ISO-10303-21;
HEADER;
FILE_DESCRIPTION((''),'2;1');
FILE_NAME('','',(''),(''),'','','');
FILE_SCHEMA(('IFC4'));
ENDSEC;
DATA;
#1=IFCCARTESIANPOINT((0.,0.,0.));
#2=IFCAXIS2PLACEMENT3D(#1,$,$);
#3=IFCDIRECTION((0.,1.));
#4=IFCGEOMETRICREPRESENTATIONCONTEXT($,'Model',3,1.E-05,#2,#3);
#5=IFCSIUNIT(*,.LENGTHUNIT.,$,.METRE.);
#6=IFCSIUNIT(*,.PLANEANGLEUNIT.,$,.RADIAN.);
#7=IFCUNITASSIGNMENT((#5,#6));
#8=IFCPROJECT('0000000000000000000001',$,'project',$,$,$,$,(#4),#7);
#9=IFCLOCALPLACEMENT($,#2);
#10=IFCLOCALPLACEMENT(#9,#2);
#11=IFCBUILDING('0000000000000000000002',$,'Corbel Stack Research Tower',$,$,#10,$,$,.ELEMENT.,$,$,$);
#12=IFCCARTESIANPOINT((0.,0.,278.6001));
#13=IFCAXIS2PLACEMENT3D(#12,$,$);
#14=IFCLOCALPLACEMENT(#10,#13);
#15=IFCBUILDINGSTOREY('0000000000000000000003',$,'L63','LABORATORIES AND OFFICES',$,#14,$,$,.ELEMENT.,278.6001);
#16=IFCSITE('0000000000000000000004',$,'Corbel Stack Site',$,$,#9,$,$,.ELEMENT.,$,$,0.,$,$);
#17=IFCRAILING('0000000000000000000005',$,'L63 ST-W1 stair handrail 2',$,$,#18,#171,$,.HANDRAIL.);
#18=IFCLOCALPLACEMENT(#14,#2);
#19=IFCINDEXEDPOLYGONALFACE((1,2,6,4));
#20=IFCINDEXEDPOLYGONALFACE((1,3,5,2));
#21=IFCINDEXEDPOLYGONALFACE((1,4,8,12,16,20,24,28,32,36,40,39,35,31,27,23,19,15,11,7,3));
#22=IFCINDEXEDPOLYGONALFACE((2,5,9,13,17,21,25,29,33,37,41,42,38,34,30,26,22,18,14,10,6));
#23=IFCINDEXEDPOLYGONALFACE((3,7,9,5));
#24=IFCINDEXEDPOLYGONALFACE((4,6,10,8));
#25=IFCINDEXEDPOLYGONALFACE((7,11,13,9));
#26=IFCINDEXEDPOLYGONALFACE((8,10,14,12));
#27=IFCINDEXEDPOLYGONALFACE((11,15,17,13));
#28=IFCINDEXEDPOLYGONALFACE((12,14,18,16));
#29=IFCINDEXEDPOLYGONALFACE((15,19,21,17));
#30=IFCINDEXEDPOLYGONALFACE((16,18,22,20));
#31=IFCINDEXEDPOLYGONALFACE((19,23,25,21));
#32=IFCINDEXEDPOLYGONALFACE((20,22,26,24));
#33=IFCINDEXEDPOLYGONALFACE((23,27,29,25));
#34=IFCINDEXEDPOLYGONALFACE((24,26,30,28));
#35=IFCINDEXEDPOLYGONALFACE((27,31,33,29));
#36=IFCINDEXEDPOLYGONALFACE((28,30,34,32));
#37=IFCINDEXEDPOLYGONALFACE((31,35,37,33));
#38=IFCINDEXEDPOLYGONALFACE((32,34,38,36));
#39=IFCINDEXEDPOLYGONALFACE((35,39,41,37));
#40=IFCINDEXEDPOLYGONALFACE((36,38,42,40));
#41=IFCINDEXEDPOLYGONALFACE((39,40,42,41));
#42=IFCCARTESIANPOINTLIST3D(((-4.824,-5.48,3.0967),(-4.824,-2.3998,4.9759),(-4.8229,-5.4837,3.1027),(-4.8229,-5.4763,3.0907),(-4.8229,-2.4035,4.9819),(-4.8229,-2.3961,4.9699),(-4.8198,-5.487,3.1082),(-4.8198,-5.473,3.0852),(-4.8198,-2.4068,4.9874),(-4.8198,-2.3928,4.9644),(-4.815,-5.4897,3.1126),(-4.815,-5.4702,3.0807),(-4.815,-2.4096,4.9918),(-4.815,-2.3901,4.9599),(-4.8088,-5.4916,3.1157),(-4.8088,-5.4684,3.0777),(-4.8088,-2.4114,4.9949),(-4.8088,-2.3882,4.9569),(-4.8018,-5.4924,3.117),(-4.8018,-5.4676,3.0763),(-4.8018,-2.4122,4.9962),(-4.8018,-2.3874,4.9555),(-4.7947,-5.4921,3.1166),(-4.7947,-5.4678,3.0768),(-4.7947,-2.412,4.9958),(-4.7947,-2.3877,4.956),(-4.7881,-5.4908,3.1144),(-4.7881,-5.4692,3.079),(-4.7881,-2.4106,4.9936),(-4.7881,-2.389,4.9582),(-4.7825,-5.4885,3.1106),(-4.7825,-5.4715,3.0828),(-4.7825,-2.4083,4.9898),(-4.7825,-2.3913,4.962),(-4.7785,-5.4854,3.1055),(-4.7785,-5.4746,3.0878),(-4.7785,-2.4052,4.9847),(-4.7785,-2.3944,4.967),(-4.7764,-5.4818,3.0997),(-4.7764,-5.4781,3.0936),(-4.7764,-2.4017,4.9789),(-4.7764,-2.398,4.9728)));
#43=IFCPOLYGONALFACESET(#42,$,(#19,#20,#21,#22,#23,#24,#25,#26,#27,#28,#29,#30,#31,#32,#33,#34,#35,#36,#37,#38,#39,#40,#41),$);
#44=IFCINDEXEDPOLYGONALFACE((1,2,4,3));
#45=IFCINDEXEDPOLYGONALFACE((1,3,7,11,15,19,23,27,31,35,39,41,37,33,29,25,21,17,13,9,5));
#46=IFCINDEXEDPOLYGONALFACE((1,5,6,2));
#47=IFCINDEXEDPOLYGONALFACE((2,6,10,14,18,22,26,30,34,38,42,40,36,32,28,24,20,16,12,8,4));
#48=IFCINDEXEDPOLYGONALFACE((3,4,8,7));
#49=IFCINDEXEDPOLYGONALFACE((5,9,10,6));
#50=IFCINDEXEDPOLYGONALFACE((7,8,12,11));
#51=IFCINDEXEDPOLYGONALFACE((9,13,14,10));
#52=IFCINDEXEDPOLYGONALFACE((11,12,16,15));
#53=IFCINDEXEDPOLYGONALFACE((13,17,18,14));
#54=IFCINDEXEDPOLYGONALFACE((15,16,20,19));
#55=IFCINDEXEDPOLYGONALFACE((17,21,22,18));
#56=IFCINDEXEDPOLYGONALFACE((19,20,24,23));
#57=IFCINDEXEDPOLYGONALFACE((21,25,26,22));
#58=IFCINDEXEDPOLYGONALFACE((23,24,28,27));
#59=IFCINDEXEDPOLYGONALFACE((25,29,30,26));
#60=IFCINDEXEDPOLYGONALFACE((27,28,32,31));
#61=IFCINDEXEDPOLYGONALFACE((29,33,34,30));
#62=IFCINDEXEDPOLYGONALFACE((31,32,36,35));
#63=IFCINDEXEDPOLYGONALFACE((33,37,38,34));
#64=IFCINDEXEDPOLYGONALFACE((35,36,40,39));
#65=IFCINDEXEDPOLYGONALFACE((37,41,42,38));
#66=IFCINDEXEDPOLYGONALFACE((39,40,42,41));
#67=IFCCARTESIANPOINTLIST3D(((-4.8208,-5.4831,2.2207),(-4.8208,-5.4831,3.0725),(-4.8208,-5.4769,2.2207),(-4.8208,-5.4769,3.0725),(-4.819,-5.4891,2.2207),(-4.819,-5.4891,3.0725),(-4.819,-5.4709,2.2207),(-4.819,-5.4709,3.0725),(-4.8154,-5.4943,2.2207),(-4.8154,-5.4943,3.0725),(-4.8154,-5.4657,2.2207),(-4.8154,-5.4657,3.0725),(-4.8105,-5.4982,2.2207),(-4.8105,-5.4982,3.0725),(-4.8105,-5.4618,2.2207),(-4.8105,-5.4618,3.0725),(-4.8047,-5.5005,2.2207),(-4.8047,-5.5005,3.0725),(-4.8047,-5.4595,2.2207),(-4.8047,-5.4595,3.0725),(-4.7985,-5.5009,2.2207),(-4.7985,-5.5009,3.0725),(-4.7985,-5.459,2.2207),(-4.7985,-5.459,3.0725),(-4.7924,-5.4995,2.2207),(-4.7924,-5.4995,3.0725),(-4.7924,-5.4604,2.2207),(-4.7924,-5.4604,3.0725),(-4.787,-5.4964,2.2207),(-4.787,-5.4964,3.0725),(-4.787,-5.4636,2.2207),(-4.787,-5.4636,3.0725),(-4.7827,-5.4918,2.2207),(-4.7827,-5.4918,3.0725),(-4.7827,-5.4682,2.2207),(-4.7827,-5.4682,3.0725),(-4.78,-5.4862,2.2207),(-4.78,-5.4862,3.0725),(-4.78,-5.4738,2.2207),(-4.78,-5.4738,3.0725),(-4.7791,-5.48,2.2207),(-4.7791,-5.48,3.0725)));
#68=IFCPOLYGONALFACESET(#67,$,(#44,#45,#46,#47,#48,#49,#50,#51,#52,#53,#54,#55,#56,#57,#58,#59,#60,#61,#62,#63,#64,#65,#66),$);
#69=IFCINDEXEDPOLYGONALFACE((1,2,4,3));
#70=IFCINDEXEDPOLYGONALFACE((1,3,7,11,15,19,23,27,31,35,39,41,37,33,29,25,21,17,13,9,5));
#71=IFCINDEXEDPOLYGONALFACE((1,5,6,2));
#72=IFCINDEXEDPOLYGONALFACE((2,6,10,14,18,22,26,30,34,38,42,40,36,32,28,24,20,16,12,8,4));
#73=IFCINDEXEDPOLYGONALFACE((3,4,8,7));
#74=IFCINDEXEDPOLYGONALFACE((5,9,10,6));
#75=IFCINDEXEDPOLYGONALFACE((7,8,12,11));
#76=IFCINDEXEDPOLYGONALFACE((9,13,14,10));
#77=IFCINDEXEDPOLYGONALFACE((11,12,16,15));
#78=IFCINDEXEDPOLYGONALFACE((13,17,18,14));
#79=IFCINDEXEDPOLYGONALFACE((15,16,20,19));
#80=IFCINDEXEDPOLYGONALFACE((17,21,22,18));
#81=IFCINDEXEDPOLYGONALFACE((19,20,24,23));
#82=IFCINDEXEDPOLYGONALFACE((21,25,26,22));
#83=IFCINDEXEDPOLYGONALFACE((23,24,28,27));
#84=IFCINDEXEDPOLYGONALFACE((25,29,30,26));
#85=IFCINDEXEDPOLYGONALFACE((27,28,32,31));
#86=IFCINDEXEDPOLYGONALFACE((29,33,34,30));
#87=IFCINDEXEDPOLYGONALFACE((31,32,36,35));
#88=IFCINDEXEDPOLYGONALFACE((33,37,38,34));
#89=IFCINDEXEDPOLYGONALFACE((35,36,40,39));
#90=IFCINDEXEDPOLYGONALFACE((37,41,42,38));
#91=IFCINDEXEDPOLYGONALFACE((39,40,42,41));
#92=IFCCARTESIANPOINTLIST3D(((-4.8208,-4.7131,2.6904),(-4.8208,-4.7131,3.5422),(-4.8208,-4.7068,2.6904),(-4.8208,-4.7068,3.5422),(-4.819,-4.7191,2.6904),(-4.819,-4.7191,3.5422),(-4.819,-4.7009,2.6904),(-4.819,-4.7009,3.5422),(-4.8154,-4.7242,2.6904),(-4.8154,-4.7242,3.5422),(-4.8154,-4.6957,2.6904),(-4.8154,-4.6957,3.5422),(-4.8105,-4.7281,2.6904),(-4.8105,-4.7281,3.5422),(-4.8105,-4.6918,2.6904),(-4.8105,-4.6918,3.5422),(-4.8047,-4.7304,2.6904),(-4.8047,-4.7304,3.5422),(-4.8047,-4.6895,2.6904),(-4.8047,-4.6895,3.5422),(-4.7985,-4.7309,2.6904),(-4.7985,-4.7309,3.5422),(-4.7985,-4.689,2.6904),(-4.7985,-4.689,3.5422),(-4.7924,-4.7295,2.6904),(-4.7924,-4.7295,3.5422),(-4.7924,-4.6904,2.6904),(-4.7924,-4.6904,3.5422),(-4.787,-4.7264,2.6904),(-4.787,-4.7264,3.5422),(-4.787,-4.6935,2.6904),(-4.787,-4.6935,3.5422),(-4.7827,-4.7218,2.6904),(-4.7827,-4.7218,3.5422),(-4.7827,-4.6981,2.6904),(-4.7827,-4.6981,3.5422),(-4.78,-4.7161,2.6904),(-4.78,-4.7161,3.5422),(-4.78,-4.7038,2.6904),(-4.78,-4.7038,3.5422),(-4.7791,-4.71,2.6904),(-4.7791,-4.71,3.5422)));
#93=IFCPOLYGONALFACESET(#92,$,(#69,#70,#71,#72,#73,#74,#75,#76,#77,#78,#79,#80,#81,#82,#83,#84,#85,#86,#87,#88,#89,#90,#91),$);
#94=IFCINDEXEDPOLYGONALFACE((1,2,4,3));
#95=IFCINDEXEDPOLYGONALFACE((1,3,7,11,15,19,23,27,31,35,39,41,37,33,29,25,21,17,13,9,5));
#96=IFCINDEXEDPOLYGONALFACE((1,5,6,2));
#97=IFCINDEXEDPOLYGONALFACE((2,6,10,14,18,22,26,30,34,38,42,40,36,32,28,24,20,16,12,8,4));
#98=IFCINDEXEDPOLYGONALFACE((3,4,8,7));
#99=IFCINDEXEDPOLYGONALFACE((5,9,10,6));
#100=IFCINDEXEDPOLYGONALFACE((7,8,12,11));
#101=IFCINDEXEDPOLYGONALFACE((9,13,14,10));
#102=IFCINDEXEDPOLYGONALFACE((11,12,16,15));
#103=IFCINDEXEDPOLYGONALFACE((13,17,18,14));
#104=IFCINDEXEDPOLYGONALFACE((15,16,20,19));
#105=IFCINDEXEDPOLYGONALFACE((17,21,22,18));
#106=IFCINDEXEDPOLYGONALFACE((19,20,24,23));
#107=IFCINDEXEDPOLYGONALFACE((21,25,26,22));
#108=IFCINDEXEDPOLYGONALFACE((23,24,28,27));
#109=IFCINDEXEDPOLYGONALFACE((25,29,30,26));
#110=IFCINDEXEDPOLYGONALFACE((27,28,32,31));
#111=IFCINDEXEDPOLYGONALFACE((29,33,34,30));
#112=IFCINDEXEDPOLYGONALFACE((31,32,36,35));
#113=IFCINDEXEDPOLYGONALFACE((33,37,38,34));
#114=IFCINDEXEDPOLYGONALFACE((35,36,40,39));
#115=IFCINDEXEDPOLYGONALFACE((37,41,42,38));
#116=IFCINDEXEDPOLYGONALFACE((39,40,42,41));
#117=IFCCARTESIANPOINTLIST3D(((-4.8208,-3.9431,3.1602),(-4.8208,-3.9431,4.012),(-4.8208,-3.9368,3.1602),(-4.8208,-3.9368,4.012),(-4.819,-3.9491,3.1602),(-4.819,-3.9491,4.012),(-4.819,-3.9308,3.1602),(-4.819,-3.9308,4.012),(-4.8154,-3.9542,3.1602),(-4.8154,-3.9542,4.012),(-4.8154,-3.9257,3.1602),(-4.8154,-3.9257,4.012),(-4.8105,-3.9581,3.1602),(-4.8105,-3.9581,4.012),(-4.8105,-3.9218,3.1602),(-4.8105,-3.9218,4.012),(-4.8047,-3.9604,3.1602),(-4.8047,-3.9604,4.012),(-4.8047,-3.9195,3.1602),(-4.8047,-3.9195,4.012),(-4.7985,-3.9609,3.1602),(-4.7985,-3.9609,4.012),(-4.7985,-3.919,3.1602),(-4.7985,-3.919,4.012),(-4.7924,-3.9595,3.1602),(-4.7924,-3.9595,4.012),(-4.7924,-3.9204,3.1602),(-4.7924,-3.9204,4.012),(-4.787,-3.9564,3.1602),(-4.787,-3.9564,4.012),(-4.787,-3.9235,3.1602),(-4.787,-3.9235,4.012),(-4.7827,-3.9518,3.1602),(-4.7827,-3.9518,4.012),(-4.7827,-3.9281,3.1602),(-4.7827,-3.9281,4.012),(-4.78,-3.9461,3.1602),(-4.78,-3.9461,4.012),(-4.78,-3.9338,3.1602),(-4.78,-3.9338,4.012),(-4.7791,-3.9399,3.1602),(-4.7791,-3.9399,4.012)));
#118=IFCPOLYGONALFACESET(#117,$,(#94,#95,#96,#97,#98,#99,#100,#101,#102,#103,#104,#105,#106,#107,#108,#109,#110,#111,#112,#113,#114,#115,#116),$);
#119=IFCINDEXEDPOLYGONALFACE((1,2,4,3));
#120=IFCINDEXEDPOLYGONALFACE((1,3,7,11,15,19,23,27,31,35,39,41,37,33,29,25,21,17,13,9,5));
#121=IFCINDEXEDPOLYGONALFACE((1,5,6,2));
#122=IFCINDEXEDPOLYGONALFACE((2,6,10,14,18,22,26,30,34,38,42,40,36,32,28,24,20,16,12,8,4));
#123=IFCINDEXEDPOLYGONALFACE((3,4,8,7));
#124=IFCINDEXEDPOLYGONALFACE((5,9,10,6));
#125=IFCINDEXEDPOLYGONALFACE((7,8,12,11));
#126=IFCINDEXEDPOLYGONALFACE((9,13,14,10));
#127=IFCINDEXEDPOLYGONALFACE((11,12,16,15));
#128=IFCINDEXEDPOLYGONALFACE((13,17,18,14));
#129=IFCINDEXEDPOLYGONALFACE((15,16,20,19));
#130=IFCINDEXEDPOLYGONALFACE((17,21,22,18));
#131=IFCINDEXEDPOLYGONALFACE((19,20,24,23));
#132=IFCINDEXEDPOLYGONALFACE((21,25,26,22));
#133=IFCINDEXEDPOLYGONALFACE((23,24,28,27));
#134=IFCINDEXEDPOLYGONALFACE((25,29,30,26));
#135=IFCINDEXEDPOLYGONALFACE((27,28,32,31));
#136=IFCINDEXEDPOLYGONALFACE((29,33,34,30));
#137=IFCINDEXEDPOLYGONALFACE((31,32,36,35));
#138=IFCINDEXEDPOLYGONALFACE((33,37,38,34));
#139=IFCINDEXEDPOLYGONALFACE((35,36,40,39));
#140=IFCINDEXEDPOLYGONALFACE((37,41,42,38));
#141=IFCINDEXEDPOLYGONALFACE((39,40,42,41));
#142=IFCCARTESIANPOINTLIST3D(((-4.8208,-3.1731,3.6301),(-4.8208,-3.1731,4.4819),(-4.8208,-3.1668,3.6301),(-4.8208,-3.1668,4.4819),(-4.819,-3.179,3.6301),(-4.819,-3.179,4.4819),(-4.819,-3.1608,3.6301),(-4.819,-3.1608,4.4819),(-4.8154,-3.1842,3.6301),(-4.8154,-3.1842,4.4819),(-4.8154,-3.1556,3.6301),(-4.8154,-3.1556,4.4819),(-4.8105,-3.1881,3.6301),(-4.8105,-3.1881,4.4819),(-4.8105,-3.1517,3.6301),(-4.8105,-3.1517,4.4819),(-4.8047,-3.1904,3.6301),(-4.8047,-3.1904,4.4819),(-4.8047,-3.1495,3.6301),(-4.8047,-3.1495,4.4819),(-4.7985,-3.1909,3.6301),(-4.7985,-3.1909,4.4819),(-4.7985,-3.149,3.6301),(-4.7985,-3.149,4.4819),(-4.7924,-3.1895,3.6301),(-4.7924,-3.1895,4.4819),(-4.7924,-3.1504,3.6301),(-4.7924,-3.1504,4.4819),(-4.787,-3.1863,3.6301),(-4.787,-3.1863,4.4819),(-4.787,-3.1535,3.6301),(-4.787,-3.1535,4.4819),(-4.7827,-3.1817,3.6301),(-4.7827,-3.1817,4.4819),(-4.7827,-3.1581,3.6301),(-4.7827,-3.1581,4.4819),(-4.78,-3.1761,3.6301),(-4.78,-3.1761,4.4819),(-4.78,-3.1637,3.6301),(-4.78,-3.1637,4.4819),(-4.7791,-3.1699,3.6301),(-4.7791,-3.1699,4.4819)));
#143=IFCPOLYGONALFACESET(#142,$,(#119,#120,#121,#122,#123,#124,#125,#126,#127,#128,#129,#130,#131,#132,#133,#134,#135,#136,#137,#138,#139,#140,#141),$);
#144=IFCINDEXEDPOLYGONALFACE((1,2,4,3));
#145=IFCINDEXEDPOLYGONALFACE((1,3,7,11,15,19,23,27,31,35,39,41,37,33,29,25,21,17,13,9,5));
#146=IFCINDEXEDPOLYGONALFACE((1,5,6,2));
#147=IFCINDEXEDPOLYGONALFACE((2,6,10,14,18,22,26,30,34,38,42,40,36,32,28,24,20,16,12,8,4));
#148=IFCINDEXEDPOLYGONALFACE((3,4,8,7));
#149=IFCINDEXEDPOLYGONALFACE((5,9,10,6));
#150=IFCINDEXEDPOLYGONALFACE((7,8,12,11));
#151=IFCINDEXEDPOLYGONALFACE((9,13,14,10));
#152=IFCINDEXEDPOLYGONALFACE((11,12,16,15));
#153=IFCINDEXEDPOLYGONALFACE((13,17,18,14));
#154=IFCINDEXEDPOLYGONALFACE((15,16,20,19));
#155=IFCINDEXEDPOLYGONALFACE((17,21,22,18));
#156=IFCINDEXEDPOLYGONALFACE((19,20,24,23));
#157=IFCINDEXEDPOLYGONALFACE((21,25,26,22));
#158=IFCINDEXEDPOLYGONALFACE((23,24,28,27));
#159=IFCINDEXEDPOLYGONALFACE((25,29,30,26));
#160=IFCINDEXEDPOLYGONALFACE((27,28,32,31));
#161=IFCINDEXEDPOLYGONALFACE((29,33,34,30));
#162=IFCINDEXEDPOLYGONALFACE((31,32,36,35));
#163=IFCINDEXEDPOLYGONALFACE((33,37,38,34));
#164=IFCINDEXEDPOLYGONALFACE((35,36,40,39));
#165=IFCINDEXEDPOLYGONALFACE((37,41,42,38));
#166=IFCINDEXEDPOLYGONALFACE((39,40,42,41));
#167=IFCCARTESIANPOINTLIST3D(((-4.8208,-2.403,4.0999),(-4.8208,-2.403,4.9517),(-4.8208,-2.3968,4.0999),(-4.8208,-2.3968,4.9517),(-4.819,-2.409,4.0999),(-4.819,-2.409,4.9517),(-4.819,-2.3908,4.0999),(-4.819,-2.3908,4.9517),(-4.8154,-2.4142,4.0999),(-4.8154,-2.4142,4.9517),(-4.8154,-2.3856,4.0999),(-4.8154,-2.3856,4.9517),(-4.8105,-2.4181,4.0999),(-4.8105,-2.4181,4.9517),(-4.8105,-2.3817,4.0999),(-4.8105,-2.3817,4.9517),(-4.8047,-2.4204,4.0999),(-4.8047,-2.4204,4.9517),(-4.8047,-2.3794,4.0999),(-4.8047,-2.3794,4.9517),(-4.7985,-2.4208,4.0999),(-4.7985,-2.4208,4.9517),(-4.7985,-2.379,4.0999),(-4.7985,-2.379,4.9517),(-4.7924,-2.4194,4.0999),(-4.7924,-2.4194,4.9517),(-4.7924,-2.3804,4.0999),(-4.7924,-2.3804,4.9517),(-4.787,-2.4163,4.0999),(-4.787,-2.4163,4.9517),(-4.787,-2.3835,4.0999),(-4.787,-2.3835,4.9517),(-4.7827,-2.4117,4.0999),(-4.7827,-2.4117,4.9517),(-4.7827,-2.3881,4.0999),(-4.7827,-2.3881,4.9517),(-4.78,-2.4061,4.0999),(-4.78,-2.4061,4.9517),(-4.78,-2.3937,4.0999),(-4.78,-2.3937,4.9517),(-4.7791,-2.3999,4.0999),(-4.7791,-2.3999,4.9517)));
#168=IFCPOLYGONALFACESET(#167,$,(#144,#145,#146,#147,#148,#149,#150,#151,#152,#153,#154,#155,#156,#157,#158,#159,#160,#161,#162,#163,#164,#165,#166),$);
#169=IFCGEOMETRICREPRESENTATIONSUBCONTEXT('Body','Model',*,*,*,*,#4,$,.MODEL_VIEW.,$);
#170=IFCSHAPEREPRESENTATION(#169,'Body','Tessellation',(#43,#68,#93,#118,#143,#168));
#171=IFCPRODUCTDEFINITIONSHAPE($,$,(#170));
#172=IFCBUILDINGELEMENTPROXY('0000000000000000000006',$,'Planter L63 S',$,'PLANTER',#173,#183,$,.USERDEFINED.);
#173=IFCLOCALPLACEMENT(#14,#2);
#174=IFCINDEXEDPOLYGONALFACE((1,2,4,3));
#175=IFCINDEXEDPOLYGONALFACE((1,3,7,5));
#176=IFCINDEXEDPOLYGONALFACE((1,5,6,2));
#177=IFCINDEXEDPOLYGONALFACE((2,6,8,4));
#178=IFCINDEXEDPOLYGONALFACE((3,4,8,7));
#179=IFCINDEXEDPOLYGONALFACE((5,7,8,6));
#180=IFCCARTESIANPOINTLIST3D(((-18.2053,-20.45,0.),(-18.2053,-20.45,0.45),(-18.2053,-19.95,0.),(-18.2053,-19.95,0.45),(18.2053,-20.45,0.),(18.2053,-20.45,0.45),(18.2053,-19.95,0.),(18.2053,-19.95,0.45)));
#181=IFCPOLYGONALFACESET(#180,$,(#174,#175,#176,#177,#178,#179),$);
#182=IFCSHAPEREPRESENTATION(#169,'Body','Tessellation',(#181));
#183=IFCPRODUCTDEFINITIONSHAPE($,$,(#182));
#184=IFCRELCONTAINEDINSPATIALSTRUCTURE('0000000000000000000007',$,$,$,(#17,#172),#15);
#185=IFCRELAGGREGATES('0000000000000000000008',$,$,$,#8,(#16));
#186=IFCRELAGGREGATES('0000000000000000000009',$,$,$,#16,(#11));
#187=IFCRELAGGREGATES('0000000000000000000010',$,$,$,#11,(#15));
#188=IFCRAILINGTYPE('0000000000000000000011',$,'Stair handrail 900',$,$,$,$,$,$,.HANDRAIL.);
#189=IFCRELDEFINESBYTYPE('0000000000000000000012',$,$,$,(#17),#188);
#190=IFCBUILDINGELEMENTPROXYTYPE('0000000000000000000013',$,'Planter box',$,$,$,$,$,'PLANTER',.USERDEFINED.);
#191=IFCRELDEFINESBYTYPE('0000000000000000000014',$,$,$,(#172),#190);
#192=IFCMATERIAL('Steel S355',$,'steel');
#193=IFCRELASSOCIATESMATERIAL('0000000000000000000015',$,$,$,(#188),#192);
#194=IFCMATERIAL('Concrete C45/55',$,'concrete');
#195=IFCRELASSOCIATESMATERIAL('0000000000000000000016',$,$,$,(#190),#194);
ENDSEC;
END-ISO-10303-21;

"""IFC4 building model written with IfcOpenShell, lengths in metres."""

from ifc_helpers import new_model, si_unit, direction, frame, origin, origin_2d, place, context, subcontext, project, spatial, rectangle, circle, extrude, material, type_object, element, save


model = new_model("IFC4")

# Units and contexts
model_context = context("Model", 3, precision=1e-05, world=origin(), true_north=direction((0.0, 1.0)))
body_context = subcontext(model_context, "Body", "Model", "MODEL_VIEW")
ifc_project = project(units=[si_unit("LENGTHUNIT", "METRE"), si_unit("PLANEANGLEUNIT", "RADIAN")], contexts=[model_context])

# Site, building, storey
site_placement = place(None, origin())
site = spatial("IfcSite", under=ifc_project, at=site_placement, Name="Corbel Stack Site", CompositionType="ELEMENT", RefElevation=0.0)
building_placement = place(site_placement, origin())
building = spatial("IfcBuilding", under=site, at=building_placement, Name="Corbel Stack Research Tower", CompositionType="ELEMENT")
storey_placement = place(building_placement, frame((0.0, 0.0, 278.6001)))
storey = spatial("IfcBuildingStorey", under=building, at=storey_placement, Name="L63", Description="LABORATORIES AND OFFICES", CompositionType="ELEMENT", Elevation=278.6001)

# Railing
ifc_material_1 = material(Name="Steel S355", Category="steel")
railing_type_1 = type_object("IfcRailingType", Name="Stair handrail 900", PredefinedType="HANDRAIL", material=ifc_material_1)
railing_1_placement = place(storey_placement, frame((-4.8, -5.48, 2.2207)))
element("IfcRailing", 1, at=railing_1_placement, inside=storey, type_object=railing_type_1, Name="L63 ST-W1 stair handrail 2", PredefinedType="HANDRAIL", context=body_context, shape_type="SweptSolid", body=[
    extrude(circle(Radius=0.0239, at=origin_2d()), frame((0.0, 0.0, 0.876), z_axis=(0.0, 0.853666, 0.52082), x_axis=(-1.0, 0.0, 0.0)), (0.0, 0.0, 1.0), 3.6082),
    extrude(circle(Radius=0.021, at=origin_2d()), origin(), (0.0, 0.0, 1.0), 0.8518),
    extrude(circle(Radius=0.021, at=origin_2d()), frame((0.0, 0.77, 0.4697)), (0.0, 0.0, 1.0), 0.8518),
    extrude(circle(Radius=0.021, at=origin_2d()), frame((0.0, 1.54, 0.9395)), (0.0, 0.0, 1.0), 0.8518),
    extrude(circle(Radius=0.021, at=origin_2d()), frame((0.0, 2.3101, 1.4094)), (0.0, 0.0, 1.0), 0.8518),
    extrude(circle(Radius=0.021, at=origin_2d()), frame((0.0, 3.0801, 1.8792)), (0.0, 0.0, 1.0), 0.8518),
])

# Building element proxy
ifc_material_2 = material(Name="Concrete C45/55", Category="concrete")
building_element_proxy_type = type_object("IfcBuildingElementProxyType", Name="Planter box", ElementType="PLANTER", PredefinedType="USERDEFINED", material=ifc_material_2)
proxy_placement = place(storey_placement, frame((0.0, -20.2, 0.0), z_axis=(0.0, 0.0, 1.0), x_axis=(1.0, 0.0, 0.0)))
element("IfcBuildingElementProxy", 2, at=proxy_placement, inside=storey, type_object=building_element_proxy_type, Name="Planter L63 S", ObjectType="PLANTER", PredefinedType="USERDEFINED", context=body_context, shape_type="SweptSolid", body=[
    extrude(rectangle(XDim=36.4106, YDim=0.5, at=origin_2d()), origin(), (0.0, 0.0, 1.0), 0.45),
])

save(model, "model.ifc")
